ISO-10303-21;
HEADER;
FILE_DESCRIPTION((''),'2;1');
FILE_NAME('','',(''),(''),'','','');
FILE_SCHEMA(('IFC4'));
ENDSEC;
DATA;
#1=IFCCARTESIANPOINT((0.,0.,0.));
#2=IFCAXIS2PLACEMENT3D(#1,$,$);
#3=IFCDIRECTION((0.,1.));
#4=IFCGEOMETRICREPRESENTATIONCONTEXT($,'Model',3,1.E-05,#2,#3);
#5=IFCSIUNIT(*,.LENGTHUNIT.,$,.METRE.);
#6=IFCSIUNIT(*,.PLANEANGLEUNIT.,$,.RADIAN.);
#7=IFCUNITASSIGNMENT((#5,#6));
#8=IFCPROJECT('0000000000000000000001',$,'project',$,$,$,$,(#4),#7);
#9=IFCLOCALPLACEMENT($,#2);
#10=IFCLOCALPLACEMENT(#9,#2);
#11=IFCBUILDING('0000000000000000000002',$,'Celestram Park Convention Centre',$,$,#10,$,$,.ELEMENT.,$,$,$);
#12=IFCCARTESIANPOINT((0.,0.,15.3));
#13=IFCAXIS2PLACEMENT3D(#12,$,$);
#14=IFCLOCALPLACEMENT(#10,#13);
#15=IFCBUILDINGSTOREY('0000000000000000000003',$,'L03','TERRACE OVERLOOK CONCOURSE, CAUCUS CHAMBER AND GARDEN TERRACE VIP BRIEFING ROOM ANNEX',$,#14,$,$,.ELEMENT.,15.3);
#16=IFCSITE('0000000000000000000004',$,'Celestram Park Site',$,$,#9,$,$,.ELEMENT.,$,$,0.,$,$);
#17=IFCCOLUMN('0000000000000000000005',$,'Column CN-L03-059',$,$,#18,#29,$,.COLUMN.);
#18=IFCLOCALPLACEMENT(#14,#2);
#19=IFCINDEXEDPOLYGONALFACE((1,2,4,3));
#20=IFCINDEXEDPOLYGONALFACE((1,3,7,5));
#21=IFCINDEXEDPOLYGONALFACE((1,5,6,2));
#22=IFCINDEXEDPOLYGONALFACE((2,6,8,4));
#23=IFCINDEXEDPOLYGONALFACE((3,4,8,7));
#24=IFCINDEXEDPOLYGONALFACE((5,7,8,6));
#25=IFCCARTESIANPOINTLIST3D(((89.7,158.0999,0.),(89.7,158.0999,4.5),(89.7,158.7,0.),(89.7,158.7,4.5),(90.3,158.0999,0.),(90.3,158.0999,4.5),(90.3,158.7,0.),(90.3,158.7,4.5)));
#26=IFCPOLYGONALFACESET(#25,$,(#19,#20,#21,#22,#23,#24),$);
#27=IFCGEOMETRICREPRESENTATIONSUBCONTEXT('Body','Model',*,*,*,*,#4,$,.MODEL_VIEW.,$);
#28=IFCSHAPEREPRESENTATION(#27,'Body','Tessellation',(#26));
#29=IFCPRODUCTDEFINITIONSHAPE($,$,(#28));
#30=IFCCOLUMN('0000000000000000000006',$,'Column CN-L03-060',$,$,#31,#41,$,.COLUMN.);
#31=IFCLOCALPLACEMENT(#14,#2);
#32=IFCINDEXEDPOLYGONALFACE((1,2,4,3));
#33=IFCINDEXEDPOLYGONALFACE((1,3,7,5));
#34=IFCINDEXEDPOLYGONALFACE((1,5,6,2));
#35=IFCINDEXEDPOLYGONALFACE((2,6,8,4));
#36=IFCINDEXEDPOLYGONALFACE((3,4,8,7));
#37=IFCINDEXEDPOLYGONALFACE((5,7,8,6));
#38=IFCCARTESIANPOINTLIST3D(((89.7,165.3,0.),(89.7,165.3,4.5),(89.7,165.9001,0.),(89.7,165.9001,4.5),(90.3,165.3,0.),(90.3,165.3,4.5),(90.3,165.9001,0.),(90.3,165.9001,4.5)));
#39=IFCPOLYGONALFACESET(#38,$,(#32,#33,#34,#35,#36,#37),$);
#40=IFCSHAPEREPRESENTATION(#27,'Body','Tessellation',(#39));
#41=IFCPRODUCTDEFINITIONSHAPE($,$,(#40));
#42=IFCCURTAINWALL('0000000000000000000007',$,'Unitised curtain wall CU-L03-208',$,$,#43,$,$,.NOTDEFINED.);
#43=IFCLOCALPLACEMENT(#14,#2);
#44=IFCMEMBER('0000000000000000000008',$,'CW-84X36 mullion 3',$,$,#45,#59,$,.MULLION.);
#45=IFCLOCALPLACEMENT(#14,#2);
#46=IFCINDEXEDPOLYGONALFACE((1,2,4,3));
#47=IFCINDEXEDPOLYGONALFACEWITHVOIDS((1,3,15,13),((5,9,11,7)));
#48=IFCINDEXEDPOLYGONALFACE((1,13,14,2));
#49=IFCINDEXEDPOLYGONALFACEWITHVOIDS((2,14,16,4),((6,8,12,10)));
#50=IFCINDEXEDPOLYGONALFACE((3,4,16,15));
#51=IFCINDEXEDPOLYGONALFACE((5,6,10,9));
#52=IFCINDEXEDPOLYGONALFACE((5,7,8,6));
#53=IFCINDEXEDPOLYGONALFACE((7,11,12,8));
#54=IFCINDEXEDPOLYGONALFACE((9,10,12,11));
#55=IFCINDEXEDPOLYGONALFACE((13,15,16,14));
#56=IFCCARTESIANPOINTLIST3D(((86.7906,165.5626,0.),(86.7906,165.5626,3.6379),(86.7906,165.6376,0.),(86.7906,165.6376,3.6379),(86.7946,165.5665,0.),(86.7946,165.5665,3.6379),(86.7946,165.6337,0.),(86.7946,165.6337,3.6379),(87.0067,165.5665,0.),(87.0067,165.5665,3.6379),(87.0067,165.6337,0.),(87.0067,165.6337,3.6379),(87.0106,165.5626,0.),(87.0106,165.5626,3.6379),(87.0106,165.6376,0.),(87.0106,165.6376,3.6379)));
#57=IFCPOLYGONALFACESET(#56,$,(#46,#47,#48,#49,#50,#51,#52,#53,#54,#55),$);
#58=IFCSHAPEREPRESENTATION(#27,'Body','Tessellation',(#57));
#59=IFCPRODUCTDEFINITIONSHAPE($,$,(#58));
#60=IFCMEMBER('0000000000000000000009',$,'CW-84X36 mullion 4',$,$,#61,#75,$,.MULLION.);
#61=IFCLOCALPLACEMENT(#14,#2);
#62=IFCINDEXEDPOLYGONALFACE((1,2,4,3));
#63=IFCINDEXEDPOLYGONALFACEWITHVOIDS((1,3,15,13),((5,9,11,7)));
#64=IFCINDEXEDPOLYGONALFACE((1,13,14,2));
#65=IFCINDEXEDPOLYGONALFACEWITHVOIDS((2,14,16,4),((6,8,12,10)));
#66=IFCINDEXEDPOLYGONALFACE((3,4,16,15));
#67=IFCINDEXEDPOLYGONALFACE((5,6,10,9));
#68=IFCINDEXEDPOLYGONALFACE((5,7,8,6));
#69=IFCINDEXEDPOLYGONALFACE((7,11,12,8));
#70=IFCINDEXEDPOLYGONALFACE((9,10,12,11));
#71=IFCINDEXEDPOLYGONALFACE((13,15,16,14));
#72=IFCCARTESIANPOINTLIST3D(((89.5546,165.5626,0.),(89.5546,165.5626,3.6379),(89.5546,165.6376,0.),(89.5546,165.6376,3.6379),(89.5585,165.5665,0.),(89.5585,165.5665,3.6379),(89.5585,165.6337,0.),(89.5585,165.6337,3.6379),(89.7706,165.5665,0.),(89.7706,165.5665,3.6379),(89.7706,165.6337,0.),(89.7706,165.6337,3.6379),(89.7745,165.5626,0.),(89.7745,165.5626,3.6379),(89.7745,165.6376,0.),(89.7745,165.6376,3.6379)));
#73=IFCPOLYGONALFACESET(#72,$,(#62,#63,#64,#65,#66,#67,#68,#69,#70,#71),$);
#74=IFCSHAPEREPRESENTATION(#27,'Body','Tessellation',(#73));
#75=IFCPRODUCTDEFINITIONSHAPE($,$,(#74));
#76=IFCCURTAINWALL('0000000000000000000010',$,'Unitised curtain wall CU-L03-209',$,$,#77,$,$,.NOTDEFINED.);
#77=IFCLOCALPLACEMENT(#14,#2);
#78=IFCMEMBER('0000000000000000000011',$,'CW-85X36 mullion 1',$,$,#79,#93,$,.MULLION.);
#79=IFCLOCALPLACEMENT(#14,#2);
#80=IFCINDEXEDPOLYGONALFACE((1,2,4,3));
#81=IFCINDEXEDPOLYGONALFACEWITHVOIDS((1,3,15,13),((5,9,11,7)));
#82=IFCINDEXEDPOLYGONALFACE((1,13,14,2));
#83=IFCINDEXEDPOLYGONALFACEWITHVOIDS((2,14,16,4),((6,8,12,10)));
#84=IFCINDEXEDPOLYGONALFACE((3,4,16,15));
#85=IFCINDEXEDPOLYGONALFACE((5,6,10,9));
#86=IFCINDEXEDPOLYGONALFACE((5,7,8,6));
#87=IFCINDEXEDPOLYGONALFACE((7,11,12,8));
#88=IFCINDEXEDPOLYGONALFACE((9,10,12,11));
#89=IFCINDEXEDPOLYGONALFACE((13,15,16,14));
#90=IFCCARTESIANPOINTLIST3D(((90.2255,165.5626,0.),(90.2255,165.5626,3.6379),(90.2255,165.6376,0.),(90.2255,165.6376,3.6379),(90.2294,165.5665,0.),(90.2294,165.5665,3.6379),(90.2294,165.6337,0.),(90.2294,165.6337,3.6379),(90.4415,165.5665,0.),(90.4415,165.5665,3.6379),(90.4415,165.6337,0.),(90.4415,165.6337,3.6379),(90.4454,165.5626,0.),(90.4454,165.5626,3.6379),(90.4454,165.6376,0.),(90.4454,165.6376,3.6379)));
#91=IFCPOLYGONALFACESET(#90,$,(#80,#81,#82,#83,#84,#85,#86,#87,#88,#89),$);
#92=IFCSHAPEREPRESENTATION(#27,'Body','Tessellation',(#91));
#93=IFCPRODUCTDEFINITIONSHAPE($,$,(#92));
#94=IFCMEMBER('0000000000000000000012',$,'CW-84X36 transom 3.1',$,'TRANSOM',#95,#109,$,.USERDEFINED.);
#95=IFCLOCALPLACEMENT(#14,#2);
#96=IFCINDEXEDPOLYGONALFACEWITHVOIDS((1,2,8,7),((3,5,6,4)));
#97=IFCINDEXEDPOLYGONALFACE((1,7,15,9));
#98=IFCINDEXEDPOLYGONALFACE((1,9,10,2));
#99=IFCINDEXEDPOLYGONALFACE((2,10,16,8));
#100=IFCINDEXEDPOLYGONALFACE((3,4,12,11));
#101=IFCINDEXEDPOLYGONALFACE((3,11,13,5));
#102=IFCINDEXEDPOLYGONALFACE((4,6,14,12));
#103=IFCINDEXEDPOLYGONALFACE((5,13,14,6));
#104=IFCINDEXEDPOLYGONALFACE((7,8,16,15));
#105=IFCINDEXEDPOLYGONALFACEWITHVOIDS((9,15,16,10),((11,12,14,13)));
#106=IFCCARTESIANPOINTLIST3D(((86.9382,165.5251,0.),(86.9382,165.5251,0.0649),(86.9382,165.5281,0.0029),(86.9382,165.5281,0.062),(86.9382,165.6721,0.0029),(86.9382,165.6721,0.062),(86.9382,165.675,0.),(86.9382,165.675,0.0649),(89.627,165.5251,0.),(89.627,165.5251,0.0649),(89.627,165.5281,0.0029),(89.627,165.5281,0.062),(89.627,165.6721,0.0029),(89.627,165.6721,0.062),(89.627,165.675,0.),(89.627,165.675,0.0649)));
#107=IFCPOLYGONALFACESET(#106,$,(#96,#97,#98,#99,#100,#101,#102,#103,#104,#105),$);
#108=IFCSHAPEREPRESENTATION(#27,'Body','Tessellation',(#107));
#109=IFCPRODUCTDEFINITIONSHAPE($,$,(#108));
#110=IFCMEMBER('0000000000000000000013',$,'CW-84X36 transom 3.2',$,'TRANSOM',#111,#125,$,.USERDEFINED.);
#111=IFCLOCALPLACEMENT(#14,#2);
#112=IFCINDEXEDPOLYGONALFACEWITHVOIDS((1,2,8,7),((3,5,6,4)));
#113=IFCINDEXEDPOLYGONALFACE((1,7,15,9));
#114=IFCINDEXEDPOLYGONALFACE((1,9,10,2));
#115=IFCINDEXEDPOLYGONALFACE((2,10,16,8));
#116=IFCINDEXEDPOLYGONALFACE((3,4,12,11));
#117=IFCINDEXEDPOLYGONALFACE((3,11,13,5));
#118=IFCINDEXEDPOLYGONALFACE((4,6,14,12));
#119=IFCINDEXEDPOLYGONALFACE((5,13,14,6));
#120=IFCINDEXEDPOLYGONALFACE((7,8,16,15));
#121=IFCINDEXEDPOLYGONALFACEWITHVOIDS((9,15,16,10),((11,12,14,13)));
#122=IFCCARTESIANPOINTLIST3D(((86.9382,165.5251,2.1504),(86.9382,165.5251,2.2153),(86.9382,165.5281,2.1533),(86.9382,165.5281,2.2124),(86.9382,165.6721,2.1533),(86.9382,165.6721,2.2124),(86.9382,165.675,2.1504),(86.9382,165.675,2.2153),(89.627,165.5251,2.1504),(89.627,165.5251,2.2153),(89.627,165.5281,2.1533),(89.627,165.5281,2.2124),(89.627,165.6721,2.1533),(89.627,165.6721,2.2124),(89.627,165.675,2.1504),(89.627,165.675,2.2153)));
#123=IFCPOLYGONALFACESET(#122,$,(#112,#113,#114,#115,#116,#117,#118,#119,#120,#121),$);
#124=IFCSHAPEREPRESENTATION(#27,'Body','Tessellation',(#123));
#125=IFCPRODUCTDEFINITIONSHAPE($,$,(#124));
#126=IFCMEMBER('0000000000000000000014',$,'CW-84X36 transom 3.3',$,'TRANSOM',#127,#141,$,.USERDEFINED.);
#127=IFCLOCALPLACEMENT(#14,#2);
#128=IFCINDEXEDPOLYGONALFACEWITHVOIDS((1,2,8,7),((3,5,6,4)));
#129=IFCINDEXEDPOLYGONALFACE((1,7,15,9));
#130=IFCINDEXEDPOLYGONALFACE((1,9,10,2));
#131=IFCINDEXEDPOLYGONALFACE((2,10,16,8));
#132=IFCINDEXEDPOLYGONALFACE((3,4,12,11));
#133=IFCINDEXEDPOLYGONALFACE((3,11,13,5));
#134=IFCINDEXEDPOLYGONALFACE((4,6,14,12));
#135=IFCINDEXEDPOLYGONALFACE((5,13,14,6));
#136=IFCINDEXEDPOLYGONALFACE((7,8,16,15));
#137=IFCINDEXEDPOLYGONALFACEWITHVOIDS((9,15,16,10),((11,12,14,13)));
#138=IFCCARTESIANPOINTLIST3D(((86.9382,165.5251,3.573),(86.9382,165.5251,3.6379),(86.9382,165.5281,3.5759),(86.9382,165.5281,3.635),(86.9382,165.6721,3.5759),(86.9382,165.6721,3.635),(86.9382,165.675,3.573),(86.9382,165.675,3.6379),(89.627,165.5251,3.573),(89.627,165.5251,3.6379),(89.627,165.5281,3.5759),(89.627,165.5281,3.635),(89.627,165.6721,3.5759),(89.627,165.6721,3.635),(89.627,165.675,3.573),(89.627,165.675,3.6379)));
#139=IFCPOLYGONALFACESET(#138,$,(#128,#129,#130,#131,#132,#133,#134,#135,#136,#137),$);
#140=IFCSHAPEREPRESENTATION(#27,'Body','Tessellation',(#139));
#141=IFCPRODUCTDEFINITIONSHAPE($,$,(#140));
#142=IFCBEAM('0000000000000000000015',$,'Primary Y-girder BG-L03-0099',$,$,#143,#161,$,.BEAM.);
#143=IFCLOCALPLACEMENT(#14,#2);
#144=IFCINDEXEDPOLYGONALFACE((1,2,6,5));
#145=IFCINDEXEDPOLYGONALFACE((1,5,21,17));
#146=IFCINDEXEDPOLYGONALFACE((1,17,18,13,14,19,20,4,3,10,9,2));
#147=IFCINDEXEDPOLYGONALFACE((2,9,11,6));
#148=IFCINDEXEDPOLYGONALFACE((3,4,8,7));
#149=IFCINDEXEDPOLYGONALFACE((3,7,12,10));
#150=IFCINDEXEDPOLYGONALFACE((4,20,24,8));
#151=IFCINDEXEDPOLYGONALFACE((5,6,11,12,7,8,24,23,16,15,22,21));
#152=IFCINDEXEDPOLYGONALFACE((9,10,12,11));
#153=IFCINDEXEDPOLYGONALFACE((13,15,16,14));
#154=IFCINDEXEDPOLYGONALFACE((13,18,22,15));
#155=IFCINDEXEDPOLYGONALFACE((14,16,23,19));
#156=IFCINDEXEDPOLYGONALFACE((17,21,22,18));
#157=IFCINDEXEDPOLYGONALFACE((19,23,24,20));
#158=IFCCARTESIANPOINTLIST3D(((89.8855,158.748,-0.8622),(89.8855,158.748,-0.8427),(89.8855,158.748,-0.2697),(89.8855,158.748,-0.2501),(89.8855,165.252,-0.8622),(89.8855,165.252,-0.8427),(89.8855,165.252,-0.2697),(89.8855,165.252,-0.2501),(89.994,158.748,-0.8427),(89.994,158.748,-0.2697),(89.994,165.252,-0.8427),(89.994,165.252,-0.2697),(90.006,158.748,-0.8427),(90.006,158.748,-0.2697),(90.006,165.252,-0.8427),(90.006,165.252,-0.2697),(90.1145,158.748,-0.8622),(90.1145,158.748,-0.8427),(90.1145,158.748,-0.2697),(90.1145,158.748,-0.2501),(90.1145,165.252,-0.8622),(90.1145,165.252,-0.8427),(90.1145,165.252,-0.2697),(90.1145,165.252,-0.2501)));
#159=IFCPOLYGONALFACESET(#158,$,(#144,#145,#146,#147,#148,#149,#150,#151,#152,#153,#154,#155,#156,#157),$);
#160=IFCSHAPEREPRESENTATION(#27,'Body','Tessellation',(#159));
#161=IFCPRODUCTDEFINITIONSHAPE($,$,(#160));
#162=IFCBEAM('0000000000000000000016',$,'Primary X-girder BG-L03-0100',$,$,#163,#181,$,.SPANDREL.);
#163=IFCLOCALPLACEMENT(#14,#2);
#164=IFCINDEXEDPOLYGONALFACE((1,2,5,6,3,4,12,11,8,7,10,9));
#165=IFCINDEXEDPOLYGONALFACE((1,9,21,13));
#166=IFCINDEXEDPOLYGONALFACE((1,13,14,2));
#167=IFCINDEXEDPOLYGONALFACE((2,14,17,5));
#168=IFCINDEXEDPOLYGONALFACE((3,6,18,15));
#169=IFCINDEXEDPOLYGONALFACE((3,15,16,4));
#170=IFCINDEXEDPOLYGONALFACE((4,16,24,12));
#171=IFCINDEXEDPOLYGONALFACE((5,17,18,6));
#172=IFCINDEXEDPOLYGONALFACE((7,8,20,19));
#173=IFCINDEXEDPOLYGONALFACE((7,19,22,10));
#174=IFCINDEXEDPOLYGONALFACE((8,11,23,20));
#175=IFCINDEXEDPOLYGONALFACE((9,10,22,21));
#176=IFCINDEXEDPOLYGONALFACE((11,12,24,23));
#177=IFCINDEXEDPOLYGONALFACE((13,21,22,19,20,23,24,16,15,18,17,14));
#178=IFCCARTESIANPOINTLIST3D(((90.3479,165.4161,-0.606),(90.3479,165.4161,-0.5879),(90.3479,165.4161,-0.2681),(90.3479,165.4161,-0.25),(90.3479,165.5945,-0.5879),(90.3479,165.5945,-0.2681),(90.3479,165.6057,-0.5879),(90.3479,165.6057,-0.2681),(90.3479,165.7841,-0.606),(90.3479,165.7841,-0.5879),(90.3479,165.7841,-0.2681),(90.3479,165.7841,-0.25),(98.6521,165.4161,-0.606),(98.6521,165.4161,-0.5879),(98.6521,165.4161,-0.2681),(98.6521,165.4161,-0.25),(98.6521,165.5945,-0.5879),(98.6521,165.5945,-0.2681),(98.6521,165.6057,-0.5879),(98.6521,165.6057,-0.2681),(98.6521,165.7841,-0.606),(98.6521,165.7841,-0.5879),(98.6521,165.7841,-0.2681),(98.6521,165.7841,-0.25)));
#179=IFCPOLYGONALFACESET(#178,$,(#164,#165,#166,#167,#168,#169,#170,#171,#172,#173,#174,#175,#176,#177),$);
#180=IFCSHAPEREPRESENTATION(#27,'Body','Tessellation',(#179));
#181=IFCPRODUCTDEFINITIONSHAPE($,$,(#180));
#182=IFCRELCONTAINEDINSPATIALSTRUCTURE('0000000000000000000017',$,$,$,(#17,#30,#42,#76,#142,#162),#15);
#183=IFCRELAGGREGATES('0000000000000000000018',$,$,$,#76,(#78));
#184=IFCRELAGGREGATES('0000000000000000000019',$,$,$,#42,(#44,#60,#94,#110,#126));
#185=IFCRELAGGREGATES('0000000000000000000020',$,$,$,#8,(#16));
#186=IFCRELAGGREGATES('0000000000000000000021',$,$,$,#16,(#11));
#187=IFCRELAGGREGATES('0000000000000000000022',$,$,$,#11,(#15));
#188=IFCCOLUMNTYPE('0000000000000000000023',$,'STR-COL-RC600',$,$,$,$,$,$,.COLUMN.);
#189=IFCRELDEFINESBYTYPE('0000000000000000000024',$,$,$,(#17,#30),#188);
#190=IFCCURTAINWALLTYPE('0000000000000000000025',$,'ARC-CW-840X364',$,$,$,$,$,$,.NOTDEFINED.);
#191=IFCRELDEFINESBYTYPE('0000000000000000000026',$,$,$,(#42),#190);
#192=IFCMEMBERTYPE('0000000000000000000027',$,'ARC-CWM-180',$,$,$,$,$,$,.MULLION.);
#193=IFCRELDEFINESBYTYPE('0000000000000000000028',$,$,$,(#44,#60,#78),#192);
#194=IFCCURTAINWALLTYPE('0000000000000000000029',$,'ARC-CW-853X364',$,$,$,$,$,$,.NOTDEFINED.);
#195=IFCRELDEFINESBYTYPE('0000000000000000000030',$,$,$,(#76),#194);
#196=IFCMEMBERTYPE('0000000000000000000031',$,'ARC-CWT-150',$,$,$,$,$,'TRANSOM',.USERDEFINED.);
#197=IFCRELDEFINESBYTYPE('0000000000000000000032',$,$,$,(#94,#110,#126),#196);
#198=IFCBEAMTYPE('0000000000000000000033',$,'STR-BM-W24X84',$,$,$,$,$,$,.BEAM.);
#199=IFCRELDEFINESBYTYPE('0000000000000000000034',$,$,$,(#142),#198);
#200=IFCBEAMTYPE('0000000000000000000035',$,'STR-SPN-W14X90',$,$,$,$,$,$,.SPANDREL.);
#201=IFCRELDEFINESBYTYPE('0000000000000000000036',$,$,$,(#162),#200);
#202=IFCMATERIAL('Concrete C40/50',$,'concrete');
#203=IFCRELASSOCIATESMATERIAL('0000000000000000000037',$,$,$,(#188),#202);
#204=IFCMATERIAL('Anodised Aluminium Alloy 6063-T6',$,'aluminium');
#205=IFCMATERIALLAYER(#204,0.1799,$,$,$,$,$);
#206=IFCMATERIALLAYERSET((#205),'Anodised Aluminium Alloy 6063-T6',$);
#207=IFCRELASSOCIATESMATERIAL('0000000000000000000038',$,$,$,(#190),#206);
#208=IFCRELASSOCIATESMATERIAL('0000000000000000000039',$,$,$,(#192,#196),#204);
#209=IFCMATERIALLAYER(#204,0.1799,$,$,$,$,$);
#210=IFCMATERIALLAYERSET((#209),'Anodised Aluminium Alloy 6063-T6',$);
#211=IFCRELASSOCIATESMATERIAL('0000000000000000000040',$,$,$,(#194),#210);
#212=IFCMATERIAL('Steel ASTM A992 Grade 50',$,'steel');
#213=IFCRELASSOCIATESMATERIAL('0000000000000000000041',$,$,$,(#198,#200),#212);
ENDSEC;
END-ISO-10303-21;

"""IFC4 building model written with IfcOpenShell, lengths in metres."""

from ifc_helpers import new_model, si_unit, direction, frame, origin, origin_2d, place, context, subcontext, project, spatial, rectangle, hollow_rectangle, i_section, extrude, material, layer, layer_set, material_profile, profile_set, type_object, element, aggregate, save


model = new_model("IFC4")

# Units and contexts
model_context = context("Model", 3, precision=1e-05, world=origin(), true_north=direction((0.0, 1.0)))
body_context = subcontext(model_context, "Body", "Model", "MODEL_VIEW")
ifc_project = project(units=[si_unit("LENGTHUNIT", "METRE"), si_unit("PLANEANGLEUNIT", "RADIAN")], contexts=[model_context])

# Site, building, storey
site_placement = place(None, origin())
site = spatial("IfcSite", under=ifc_project, at=site_placement, Name="Celestram Park Site", CompositionType="ELEMENT", RefElevation=0.0)
building_placement = place(site_placement, origin())
building = spatial("IfcBuilding", under=site, at=building_placement, Name="Celestram Park Convention Centre", CompositionType="ELEMENT")
storey_placement = place(building_placement, frame((0.0, 0.0, 15.3)))
storey = spatial("IfcBuildingStorey", under=building, at=storey_placement, Name="L03", Description="TERRACE OVERLOOK CONCOURSE, CAUCUS CHAMBER AND GARDEN TERRACE VIP BRIEFING ROOM ANNEX", CompositionType="ELEMENT", Elevation=15.3)

# Columns
ifc_material_1 = material(Name="Concrete C40/50", Category="concrete")
ifc_material_profile_1 = material_profile(ifc_material_1, rectangle(XDim=0.6001, YDim=0.6001, at=origin_2d()), Name="RC600X600")
ifc_profile_set_1 = profile_set([ifc_material_profile_1], Name="Concrete C40/50")
column_type = type_object("IfcColumnType", Name="STR-COL-RC600", PredefinedType="COLUMN", material=ifc_profile_set_1)
for number, where, z_axis, x_axis, name in (
    (1, (90.0, 158.3999, 0.0), (0.0, 0.0, 1.0), (1.0, 0.0, 0.0), "Column CN-L03-059"),
    (2, (90.0, 165.6001, 0.0), (0.0, 0.0, 1.0), (1.0, 0.0, 0.0), "Column CN-L03-060"),
):
    element("IfcColumn", number, at=place(storey_placement, frame(where, z_axis=z_axis, x_axis=x_axis)), inside=storey, type_object=column_type, Name=name, PredefinedType="COLUMN", context=body_context, shape_type="SweptSolid", body=[
        extrude(rectangle(XDim=0.6001, YDim=0.6001, at=origin_2d()), origin(), (0.0, 0.0, 1.0), 4.5),
    ])

# Curtain wall, members
ifc_material_2 = material(Name="Anodised Aluminium Alloy 6063-T6", Category="aluminium")
ifc_layer_1 = layer(ifc_material_2, 0.1799)
ifc_layer_set_1 = layer_set([ifc_layer_1], Name="Anodised Aluminium Alloy 6063-T6")
curtain_wall_type_1 = type_object("IfcCurtainWallType", Name="ARC-CW-840X364", PredefinedType="NOTDEFINED", material=ifc_layer_set_1)
curtain_wall_1_placement = place(storey_placement, origin())
curtain_wall_1 = element("IfcCurtainWall", 3, at=curtain_wall_1_placement, inside=storey, type_object=curtain_wall_type_1, Name="Unitised curtain wall CU-L03-208", PredefinedType="NOTDEFINED")
ifc_material_profile_2 = material_profile(ifc_material_2, hollow_rectangle(XDim=0.075, YDim=0.22, WallThickness=0.0039, at=origin_2d()), Name="ALU75X220X4")
ifc_profile_set_2 = profile_set([ifc_material_profile_2], Name="Anodised Aluminium Alloy 6063-T6")
member_type_1 = type_object("IfcMemberType", Name="ARC-CWM-180", PredefinedType="MULLION", material=ifc_profile_set_2)
member_1_placement = place(storey_placement, frame((86.9006, 165.6001, 0.0), z_axis=(0.0, 0.0, 1.0), x_axis=(0.0, 1.0, 0.0)))
member_1 = element("IfcMember", 4, at=member_1_placement, type_object=member_type_1, Name="CW-84X36 mullion 3", PredefinedType="MULLION", context=body_context, shape_type="SweptSolid", body=[
    extrude(hollow_rectangle(XDim=0.075, YDim=0.22, WallThickness=0.0039, at=origin_2d()), origin(), (0.0, 0.0, 1.0), 3.6379),
])
member_2_placement = place(storey_placement, frame((89.6646, 165.6001, 0.0), z_axis=(0.0, 0.0, 1.0), x_axis=(0.0, 1.0, 0.0)))
member_2 = element("IfcMember", 5, at=member_2_placement, type_object=member_type_1, Name="CW-84X36 mullion 4", PredefinedType="MULLION", context=body_context, shape_type="SweptSolid", body=[
    extrude(hollow_rectangle(XDim=0.075, YDim=0.22, WallThickness=0.0039, at=origin_2d()), origin(), (0.0, 0.0, 1.0), 3.6379),
])

# Curtain wall, member
ifc_layer_2 = layer(ifc_material_2, 0.1799)
ifc_layer_set_2 = layer_set([ifc_layer_2], Name="Anodised Aluminium Alloy 6063-T6")
curtain_wall_type_2 = type_object("IfcCurtainWallType", Name="ARC-CW-853X364", PredefinedType="NOTDEFINED", material=ifc_layer_set_2)
curtain_wall_2_placement = place(storey_placement, origin())
curtain_wall_2 = element("IfcCurtainWall", 6, at=curtain_wall_2_placement, inside=storey, type_object=curtain_wall_type_2, Name="Unitised curtain wall CU-L03-209", PredefinedType="NOTDEFINED")
member_3_placement = place(storey_placement, frame((90.3354, 165.6001, 0.0), z_axis=(0.0, 0.0, 1.0), x_axis=(0.0, 1.0, 0.0)))
member_3 = element("IfcMember", 7, at=member_3_placement, type_object=member_type_1, Name="CW-85X36 mullion 1", PredefinedType="MULLION", context=body_context, shape_type="SweptSolid", body=[
    extrude(hollow_rectangle(XDim=0.075, YDim=0.22, WallThickness=0.0039, at=origin_2d()), origin(), (0.0, 0.0, 1.0), 3.6379),
])
aggregate(curtain_wall_2, [member_3])

# Members
ifc_material_profile_3 = material_profile(ifc_material_2, hollow_rectangle(XDim=0.1499, YDim=0.0649, WallThickness=0.0029, at=origin_2d()), Name="ALU150X65X3")
ifc_profile_set_3 = profile_set([ifc_material_profile_3], Name="Anodised Aluminium Alloy 6063-T6")
member_type_2 = type_object("IfcMemberType", Name="ARC-CWT-150", ElementType="TRANSOM", PredefinedType="USERDEFINED", material=ifc_profile_set_3)
member_4_placement = place(storey_placement, frame((86.9382, 165.6001, 0.0325), z_axis=(1.0, 0.0, 0.0), x_axis=(0.0, 1.0, 0.0)))
member_4 = element("IfcMember", 8, at=member_4_placement, type_object=member_type_2, Name="CW-84X36 transom 3.1", ObjectType="TRANSOM", PredefinedType="USERDEFINED", context=body_context, shape_type="SweptSolid", body=[
    extrude(hollow_rectangle(XDim=0.1499, YDim=0.0649, WallThickness=0.0029, at=origin_2d()), origin(), (0.0, 0.0, 1.0), 2.6887),
])
member_5_placement = place(storey_placement, frame((86.9382, 165.6001, 2.1829), z_axis=(1.0, 0.0, 0.0), x_axis=(0.0, 1.0, 0.0)))
member_5 = element("IfcMember", 9, at=member_5_placement, type_object=member_type_2, Name="CW-84X36 transom 3.2", ObjectType="TRANSOM", PredefinedType="USERDEFINED", context=body_context, shape_type="SweptSolid", body=[
    extrude(hollow_rectangle(XDim=0.1499, YDim=0.0649, WallThickness=0.0029, at=origin_2d()), origin(), (0.0, 0.0, 1.0), 2.6887),
])
member_6_placement = place(storey_placement, frame((86.9382, 165.6001, 3.6055), z_axis=(1.0, 0.0, 0.0), x_axis=(0.0, 1.0, 0.0)))
member_6 = element("IfcMember", 10, at=member_6_placement, type_object=member_type_2, Name="CW-84X36 transom 3.3", ObjectType="TRANSOM", PredefinedType="USERDEFINED", context=body_context, shape_type="SweptSolid", body=[
    extrude(hollow_rectangle(XDim=0.1499, YDim=0.0649, WallThickness=0.0029, at=origin_2d()), origin(), (0.0, 0.0, 1.0), 2.6887),
])

# Beams
ifc_material_3 = material(Name="Steel ASTM A992 Grade 50", Category="steel")
ifc_material_profile_4 = material_profile(ifc_material_3, i_section(OverallWidth=0.229, OverallDepth=0.6121, WebThickness=0.012, FlangeThickness=0.0195, at=origin_2d()), Name="W24X84")
ifc_profile_set_4 = profile_set([ifc_material_profile_4], Name="Steel ASTM A992 Grade 50")
beam_type_1 = type_object("IfcBeamType", Name="STR-BM-W24X84", PredefinedType="BEAM", material=ifc_profile_set_4)
beam_1_placement = place(storey_placement, frame((90.0, 158.748, -0.5562), z_axis=(0.0, 1.0, 0.0), x_axis=(-1.0, 0.0, 0.0)))
element("IfcBeam", 11, at=beam_1_placement, inside=storey, type_object=beam_type_1, Name="Primary Y-girder BG-L03-0099", PredefinedType="BEAM", context=body_context, shape_type="SweptSolid", body=[
    extrude(i_section(OverallWidth=0.229, OverallDepth=0.6121, WebThickness=0.012, FlangeThickness=0.0195, at=origin_2d()), origin(), (0.0, 0.0, 1.0), 6.5039),
])
ifc_material_profile_5 = material_profile(ifc_material_3, i_section(OverallWidth=0.3679, OverallDepth=0.356, WebThickness=0.0112, FlangeThickness=0.0181, at=origin_2d()), Name="W14X90")
ifc_profile_set_5 = profile_set([ifc_material_profile_5], Name="Steel ASTM A992 Grade 50")
beam_type_2 = type_object("IfcBeamType", Name="STR-SPN-W14X90", PredefinedType="SPANDREL", material=ifc_profile_set_5)
beam_2_placement = place(storey_placement, frame((90.3479, 165.6001, -0.428), z_axis=(1.0, 0.0, 0.0), x_axis=(0.0, 1.0, 0.0)))
element("IfcBeam", 12, at=beam_2_placement, inside=storey, type_object=beam_type_2, Name="Primary X-girder BG-L03-0100", PredefinedType="SPANDREL", context=body_context, shape_type="SweptSolid", body=[
    extrude(i_section(OverallWidth=0.3679, OverallDepth=0.356, WebThickness=0.0112, FlangeThickness=0.0181, at=origin_2d()), origin(), (0.0, 0.0, 1.0), 8.3042),
])

aggregate(curtain_wall_1, [member_1, member_2, member_4, member_5, member_6])

save(model, "model.ifc")
